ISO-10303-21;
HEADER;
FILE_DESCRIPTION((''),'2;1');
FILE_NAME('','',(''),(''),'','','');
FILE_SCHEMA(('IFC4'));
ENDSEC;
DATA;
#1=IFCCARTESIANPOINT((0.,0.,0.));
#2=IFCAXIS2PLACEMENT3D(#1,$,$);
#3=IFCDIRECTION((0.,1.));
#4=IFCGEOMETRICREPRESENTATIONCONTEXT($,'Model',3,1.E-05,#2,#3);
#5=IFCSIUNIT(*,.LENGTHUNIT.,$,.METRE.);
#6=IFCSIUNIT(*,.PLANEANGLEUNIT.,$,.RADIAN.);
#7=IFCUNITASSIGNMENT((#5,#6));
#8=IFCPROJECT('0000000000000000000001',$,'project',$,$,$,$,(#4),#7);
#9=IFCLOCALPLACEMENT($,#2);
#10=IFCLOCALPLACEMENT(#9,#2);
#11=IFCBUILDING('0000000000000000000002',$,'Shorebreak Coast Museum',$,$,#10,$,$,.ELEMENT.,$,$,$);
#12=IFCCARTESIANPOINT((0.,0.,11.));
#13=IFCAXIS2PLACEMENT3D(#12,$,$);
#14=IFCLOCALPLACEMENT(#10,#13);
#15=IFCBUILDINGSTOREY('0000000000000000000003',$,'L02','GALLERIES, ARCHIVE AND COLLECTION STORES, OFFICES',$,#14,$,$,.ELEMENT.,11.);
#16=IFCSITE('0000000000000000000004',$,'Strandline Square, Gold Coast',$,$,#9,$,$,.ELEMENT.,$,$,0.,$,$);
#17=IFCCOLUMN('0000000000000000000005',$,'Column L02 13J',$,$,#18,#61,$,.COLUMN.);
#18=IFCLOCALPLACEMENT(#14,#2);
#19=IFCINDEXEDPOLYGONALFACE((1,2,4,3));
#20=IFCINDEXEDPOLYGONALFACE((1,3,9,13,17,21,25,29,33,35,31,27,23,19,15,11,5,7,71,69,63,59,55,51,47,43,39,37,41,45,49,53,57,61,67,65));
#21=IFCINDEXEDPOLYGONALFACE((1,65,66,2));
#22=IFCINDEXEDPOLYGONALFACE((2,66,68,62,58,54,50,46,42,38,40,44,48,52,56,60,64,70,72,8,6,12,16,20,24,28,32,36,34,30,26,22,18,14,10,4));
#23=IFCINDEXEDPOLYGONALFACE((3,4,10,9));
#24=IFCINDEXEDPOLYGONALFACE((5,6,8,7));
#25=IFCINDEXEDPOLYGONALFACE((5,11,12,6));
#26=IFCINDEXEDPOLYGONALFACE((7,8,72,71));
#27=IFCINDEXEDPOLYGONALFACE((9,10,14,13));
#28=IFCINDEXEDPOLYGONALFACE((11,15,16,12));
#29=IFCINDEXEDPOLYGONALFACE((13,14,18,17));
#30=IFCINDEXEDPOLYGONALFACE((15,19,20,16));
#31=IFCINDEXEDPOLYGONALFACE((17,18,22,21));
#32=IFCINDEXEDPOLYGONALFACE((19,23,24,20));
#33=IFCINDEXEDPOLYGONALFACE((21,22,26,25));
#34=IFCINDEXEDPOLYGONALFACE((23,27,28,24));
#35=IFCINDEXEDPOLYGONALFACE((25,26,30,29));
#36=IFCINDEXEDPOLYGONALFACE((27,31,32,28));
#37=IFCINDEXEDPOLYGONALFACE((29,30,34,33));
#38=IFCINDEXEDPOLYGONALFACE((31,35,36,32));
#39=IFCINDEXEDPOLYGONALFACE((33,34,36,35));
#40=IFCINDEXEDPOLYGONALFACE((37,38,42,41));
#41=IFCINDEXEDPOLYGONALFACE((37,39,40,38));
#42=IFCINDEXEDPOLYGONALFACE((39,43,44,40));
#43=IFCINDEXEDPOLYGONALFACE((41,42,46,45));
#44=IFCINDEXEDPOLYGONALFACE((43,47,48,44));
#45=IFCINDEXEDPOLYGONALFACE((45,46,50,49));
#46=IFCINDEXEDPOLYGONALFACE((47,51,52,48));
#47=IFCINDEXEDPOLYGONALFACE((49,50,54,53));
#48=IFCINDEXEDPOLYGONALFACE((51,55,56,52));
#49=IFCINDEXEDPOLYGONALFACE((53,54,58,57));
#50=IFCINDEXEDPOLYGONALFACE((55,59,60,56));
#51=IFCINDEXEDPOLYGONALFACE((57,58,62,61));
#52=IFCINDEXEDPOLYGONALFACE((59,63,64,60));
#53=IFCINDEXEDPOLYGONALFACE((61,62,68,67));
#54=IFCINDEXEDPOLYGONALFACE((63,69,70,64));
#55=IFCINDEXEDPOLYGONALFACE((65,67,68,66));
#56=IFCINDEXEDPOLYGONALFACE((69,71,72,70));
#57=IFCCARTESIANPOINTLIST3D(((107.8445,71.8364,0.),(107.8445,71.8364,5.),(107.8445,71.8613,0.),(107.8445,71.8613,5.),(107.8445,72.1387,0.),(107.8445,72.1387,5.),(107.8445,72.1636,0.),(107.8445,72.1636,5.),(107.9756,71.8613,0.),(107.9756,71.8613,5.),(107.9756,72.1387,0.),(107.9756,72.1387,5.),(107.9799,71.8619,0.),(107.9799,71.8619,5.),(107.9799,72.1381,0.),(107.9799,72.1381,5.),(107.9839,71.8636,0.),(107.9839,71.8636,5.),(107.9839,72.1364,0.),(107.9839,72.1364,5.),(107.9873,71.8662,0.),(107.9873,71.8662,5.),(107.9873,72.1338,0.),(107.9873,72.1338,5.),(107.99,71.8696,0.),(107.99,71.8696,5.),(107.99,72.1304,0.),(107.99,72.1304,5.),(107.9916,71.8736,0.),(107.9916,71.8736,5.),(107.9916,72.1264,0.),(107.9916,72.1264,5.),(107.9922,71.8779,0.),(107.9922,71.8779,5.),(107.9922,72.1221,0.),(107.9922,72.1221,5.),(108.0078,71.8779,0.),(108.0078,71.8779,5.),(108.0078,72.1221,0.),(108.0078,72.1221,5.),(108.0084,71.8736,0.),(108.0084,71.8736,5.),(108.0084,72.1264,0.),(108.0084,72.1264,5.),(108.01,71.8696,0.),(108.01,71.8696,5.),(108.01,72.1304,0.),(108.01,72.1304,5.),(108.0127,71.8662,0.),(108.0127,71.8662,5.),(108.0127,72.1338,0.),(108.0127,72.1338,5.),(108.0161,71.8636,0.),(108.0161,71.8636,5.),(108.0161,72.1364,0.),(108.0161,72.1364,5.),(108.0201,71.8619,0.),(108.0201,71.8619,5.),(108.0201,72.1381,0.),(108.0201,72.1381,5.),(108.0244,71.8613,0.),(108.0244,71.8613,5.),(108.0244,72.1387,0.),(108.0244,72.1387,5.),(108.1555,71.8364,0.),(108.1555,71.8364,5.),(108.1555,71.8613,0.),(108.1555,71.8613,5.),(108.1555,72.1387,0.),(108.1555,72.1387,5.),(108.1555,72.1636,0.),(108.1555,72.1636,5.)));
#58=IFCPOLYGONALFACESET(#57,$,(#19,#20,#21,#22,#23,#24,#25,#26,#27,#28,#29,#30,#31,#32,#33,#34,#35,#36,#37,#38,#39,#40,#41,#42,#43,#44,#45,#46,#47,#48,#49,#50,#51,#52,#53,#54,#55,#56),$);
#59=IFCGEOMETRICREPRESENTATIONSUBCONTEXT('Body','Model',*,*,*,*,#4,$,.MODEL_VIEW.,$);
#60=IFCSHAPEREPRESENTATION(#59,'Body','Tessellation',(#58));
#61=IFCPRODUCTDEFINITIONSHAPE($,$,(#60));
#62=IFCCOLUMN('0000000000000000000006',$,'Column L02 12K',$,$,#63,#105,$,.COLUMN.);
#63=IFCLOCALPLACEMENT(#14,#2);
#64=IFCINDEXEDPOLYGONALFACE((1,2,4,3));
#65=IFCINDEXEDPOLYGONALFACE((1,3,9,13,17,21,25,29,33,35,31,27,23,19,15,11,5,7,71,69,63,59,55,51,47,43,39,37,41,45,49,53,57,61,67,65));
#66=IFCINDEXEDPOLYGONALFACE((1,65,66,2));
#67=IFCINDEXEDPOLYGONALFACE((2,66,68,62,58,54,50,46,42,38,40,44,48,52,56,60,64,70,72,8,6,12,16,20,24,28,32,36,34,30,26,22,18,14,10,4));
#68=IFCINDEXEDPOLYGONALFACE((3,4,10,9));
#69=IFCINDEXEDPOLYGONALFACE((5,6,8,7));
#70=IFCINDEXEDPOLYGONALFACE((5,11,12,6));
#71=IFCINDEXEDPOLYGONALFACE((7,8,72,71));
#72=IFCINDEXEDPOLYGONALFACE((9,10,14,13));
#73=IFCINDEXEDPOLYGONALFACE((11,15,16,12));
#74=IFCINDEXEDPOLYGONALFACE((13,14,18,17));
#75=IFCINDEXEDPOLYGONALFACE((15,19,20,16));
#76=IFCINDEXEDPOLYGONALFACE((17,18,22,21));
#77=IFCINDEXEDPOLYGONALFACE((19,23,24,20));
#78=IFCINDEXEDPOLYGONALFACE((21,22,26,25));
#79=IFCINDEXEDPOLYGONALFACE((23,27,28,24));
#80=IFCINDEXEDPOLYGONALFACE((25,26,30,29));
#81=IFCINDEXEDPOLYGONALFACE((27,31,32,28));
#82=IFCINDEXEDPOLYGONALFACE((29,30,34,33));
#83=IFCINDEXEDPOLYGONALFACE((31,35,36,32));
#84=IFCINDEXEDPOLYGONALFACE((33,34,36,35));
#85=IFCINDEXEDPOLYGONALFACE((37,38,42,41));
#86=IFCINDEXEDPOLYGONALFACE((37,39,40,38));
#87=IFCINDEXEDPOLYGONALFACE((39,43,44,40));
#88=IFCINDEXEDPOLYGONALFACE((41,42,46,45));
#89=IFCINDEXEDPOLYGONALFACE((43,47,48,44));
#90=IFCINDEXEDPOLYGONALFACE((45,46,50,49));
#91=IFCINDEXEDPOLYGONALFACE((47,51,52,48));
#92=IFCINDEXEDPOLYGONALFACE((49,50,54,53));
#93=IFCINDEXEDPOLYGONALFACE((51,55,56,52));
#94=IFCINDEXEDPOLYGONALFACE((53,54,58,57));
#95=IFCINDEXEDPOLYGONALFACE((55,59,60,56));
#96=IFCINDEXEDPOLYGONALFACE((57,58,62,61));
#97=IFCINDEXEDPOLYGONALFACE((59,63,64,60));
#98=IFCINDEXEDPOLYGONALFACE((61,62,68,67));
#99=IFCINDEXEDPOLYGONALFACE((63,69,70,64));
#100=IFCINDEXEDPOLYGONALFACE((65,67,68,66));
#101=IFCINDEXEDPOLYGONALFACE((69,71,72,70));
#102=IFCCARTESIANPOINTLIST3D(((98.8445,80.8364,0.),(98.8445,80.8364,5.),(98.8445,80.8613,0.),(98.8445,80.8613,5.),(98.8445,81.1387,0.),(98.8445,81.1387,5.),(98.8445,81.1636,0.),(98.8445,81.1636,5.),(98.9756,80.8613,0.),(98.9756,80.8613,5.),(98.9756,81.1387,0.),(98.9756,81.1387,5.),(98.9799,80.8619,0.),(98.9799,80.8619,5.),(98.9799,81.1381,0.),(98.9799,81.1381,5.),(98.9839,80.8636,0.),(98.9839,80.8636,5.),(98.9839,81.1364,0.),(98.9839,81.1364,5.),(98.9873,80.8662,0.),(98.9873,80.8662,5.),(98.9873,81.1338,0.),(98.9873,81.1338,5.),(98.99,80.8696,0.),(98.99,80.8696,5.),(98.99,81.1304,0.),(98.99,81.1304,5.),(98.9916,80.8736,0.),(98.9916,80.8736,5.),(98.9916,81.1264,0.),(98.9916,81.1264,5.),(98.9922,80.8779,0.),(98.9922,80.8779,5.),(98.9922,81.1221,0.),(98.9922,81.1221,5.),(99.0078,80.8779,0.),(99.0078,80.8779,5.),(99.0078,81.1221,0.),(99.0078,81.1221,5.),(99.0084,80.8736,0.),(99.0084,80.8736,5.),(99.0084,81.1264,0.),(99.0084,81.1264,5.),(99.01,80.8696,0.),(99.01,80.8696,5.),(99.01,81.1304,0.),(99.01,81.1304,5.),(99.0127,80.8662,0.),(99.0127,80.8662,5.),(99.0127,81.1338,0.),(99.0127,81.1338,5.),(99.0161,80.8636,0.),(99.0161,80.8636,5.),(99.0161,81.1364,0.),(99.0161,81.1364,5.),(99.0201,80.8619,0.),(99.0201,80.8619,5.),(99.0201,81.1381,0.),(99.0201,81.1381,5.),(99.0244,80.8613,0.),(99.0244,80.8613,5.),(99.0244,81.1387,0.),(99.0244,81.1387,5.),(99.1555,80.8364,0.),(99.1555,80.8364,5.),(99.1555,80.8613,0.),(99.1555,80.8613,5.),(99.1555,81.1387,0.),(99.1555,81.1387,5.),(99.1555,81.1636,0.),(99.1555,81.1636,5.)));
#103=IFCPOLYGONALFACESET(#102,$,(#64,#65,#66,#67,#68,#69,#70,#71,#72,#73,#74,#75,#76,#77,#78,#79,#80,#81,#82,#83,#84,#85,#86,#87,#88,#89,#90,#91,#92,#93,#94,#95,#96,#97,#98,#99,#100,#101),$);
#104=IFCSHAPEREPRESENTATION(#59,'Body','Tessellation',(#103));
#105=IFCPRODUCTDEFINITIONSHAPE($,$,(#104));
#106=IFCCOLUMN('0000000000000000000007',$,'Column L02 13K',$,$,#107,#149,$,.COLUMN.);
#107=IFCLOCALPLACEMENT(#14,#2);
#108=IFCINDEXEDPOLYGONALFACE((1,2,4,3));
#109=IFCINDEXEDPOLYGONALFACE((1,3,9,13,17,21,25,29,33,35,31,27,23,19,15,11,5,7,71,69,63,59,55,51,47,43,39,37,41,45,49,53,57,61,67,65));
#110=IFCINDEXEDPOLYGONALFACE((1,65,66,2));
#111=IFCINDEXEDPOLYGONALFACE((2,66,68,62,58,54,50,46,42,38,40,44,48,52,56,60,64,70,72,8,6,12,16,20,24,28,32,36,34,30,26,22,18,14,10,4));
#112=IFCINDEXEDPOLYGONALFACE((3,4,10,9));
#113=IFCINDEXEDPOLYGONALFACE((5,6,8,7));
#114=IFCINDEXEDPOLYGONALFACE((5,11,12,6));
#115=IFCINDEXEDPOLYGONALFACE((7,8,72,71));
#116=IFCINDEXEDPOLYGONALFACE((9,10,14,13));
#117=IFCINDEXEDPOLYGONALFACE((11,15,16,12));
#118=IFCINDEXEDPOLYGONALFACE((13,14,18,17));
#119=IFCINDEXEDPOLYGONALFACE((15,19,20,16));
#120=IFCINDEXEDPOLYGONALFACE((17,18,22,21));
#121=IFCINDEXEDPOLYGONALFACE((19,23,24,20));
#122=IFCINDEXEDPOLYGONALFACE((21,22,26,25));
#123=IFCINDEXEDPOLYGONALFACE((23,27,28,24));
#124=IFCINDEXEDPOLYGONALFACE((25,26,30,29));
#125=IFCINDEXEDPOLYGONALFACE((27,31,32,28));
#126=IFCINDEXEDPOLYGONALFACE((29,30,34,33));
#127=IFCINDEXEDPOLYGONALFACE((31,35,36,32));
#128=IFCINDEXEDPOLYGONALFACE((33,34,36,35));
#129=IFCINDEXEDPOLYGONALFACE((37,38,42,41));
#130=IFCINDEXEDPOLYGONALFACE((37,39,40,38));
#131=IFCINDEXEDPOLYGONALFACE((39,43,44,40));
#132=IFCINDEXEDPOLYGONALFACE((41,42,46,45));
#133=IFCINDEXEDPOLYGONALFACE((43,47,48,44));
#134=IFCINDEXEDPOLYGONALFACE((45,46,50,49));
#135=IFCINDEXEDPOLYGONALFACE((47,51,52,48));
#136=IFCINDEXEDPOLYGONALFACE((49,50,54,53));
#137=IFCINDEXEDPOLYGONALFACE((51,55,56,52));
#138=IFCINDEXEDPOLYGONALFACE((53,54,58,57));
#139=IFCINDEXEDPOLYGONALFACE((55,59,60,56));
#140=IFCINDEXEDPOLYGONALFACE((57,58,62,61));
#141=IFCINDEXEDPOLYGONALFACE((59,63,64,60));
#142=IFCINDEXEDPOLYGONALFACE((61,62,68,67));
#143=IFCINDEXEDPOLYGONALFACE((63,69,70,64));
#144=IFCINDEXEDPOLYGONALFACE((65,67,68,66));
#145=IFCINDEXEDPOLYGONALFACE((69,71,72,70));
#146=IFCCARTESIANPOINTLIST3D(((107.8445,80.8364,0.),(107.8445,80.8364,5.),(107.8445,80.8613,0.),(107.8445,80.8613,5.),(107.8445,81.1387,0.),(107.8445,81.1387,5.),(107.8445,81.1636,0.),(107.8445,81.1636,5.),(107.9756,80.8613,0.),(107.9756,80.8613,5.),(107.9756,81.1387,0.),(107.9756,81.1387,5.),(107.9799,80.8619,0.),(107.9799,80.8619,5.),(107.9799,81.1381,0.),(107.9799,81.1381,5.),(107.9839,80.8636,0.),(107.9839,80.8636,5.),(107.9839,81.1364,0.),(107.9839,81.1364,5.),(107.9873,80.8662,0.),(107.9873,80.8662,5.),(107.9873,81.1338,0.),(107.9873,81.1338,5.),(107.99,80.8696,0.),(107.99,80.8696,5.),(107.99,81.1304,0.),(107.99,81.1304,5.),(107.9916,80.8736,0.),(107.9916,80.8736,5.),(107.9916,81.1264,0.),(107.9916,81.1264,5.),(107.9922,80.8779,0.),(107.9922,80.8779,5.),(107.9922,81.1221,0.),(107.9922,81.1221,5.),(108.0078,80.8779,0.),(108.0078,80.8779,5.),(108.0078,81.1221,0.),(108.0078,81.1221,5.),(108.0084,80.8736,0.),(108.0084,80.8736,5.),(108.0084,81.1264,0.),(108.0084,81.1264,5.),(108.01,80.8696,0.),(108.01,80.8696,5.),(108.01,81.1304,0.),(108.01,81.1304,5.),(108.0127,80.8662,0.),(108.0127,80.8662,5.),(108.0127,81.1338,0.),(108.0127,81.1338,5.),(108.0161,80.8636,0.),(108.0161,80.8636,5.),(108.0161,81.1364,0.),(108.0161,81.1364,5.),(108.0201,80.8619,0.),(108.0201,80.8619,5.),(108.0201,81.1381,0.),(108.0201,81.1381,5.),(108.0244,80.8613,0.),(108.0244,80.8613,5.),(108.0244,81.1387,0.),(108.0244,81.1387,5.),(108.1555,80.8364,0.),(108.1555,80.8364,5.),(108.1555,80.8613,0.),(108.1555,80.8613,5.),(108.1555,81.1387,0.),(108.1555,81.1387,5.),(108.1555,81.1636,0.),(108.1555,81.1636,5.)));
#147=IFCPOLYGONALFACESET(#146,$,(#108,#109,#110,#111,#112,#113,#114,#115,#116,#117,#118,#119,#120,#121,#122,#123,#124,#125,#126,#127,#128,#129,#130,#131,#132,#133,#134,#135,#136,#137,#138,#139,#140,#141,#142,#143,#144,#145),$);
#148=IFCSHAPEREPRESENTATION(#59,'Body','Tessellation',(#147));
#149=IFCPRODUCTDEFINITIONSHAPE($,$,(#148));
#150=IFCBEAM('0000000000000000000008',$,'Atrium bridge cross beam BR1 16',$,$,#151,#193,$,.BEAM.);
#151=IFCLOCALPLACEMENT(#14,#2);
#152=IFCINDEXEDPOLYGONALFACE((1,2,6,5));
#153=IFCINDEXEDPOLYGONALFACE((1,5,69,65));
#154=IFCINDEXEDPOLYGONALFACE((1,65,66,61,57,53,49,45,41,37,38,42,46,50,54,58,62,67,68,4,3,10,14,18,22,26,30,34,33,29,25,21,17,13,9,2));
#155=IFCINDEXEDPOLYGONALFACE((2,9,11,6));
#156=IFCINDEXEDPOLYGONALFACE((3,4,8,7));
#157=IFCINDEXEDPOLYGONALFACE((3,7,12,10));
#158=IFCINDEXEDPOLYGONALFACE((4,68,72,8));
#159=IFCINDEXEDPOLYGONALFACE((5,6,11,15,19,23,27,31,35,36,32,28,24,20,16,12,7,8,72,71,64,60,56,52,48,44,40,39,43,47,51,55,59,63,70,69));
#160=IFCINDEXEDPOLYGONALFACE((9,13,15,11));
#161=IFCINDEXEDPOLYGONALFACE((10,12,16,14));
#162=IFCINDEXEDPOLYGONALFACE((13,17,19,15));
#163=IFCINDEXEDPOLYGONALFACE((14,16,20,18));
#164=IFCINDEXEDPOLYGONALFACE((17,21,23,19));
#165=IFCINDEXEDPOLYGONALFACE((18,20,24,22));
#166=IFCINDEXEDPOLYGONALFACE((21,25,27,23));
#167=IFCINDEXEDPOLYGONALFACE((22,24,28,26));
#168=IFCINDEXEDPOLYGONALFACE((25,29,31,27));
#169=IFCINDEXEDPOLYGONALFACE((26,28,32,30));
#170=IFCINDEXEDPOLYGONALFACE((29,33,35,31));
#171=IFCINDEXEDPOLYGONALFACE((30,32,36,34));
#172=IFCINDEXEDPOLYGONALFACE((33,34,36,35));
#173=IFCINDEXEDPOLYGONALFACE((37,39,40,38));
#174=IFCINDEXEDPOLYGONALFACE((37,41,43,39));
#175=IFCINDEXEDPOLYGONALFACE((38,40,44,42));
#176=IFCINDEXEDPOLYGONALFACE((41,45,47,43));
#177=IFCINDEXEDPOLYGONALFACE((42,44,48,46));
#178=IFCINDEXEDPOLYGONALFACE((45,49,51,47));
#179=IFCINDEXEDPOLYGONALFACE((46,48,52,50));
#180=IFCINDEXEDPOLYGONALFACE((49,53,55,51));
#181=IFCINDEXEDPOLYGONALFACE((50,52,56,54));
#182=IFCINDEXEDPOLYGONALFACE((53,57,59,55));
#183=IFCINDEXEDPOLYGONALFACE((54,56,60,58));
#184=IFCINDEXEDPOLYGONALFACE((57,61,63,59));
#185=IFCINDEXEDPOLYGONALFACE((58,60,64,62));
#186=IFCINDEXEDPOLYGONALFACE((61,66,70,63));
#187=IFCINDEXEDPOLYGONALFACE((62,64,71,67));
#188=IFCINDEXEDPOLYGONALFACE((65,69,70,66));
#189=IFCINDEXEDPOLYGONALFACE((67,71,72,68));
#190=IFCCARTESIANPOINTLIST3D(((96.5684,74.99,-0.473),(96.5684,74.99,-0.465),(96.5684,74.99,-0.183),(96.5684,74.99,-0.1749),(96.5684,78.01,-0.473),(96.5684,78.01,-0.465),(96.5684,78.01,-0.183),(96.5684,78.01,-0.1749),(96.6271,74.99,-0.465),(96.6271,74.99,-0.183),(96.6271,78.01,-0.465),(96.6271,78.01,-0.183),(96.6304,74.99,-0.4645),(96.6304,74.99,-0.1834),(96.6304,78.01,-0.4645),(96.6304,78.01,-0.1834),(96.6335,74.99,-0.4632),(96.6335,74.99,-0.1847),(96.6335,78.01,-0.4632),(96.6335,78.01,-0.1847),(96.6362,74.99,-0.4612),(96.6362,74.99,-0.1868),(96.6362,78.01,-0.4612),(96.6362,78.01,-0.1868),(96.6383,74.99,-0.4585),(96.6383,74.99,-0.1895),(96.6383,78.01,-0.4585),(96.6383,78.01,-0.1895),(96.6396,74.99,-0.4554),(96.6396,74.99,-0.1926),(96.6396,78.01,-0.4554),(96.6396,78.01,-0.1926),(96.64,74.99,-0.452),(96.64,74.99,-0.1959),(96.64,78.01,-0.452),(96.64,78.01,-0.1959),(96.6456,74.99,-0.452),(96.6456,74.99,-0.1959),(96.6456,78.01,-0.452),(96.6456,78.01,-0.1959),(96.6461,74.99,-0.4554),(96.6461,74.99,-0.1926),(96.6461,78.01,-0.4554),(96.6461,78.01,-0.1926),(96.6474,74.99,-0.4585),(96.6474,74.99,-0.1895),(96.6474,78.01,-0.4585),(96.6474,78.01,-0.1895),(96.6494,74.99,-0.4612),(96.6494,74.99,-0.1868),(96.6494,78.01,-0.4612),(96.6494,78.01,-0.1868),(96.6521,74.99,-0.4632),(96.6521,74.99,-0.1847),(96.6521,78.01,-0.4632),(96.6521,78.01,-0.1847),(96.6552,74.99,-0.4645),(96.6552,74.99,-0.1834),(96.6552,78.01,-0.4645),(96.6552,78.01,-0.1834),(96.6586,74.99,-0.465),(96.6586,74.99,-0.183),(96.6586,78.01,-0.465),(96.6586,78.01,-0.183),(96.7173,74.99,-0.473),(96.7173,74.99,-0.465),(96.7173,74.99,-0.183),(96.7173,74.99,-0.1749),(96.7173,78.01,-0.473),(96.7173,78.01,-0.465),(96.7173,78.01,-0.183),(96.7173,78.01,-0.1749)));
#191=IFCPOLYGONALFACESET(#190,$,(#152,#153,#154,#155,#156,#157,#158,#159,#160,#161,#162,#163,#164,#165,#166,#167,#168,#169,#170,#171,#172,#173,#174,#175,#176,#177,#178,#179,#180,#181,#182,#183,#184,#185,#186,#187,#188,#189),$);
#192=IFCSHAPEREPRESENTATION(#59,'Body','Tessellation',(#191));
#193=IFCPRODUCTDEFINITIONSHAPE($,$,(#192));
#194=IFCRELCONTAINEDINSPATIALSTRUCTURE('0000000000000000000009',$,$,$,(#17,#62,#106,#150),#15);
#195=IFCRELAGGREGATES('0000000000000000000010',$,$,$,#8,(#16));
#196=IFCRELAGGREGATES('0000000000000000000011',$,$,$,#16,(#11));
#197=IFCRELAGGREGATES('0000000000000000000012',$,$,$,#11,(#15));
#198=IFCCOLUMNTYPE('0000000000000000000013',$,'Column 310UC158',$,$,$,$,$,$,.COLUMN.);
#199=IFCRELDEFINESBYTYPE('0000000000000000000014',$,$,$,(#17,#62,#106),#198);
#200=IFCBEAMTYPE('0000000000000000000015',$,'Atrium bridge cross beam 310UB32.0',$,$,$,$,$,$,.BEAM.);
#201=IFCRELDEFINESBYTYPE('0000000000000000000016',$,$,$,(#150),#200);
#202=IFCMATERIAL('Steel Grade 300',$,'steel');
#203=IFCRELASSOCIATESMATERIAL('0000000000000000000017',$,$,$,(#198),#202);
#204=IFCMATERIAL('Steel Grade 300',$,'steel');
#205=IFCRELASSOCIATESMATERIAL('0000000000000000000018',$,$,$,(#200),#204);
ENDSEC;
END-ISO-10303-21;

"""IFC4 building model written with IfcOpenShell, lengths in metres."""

from ifc_helpers import new_model, si_unit, direction, frame, origin, origin_2d, place, context, subcontext, project, spatial, i_section, extrude, material, material_profile, profile_set, type_object, element, save


model = new_model("IFC4")

# Units and contexts
model_context = context("Model", 3, precision=1e-05, world=origin(), true_north=direction((0.0, 1.0)))
body_context = subcontext(model_context, "Body", "Model", "MODEL_VIEW")
ifc_project = project(units=[si_unit("LENGTHUNIT", "METRE"), si_unit("PLANEANGLEUNIT", "RADIAN")], contexts=[model_context])

# Site, building, storey
site_placement = place(None, origin())
site = spatial("IfcSite", under=ifc_project, at=site_placement, Name="Strandline Square, Gold Coast", CompositionType="ELEMENT", RefElevation=0.0)
building_placement = place(site_placement, origin())
building = spatial("IfcBuilding", under=site, at=building_placement, Name="Shorebreak Coast Museum", CompositionType="ELEMENT")
storey_placement = place(building_placement, frame((0.0, 0.0, 11.0)))
storey = spatial("IfcBuildingStorey", under=building, at=storey_placement, Name="L02", Description="GALLERIES, ARCHIVE AND COLLECTION STORES, OFFICES", CompositionType="ELEMENT", Elevation=11.0)

# Columns
ifc_material_1 = material(Name="Steel Grade 300", Category="steel")
ifc_material_profile_1 = material_profile(ifc_material_1, i_section(OverallWidth=0.311, OverallDepth=0.3271, WebThickness=0.0156, FlangeThickness=0.0249, FilletRadius=0.0166, at=origin_2d()), Name="310UC158")
ifc_profile_set_1 = profile_set([ifc_material_profile_1], Name="Steel Grade 300")
column_type = type_object("IfcColumnType", Name="Column 310UC158", PredefinedType="COLUMN", material=ifc_profile_set_1)
for number, where, z_axis, x_axis, name in (
    (1, (108.0, 72.0, 0.0), (0.0, 0.0, 1.0), (1.0, 0.0, 0.0), "Column L02 13J"),
    (2, (99.0, 81.0, 0.0), (0.0, 0.0, 1.0), (1.0, 0.0, 0.0), "Column L02 12K"),
    (3, (108.0, 81.0, 0.0), (0.0, 0.0, 1.0), (1.0, 0.0, 0.0), "Column L02 13K"),
):
    element("IfcColumn", number, at=place(storey_placement, frame(where, z_axis=z_axis, x_axis=x_axis)), inside=storey, type_object=column_type, Name=name, PredefinedType="COLUMN", context=body_context, shape_type="SweptSolid", body=[
        extrude(i_section(OverallWidth=0.311, OverallDepth=0.3271, WebThickness=0.0156, FlangeThickness=0.0249, FilletRadius=0.0166, at=origin_2d()), origin(), (0.0, 0.0, 1.0), 5.0),
    ])

# Beam
ifc_material_2 = material(Name="Steel Grade 300", Category="steel")
ifc_material_profile_2 = material_profile(ifc_material_2, i_section(OverallWidth=0.1489, OverallDepth=0.2981, WebThickness=0.0056, FlangeThickness=0.0081, FilletRadius=0.0129, at=origin_2d()), Name="310UB32.0")
ifc_profile_set_2 = profile_set([ifc_material_profile_2], Name="Steel Grade 300")
beam_type_1 = type_object("IfcBeamType", Name="Atrium bridge cross beam 310UB32.0", PredefinedType="BEAM", material=ifc_profile_set_2)
for number, where, z_axis, x_axis, name in (
    (4, (96.6428, 74.99, -0.324), (0.0, 1.0, 0.0), (-1.0, 0.0, 0.0), "Atrium bridge cross beam BR1 16"),
):
    element("IfcBeam", number, at=place(storey_placement, frame(where, z_axis=z_axis, x_axis=x_axis)), inside=storey, type_object=beam_type_1, Name=name, PredefinedType="BEAM", context=body_context, shape_type="SweptSolid", body=[
        extrude(i_section(OverallWidth=0.1489, OverallDepth=0.2981, WebThickness=0.0056, FlangeThickness=0.0081, FilletRadius=0.0129, at=origin_2d()), origin(), (0.0, 0.0, 1.0), 3.02),
    ])

save(model, "model.ifc")
